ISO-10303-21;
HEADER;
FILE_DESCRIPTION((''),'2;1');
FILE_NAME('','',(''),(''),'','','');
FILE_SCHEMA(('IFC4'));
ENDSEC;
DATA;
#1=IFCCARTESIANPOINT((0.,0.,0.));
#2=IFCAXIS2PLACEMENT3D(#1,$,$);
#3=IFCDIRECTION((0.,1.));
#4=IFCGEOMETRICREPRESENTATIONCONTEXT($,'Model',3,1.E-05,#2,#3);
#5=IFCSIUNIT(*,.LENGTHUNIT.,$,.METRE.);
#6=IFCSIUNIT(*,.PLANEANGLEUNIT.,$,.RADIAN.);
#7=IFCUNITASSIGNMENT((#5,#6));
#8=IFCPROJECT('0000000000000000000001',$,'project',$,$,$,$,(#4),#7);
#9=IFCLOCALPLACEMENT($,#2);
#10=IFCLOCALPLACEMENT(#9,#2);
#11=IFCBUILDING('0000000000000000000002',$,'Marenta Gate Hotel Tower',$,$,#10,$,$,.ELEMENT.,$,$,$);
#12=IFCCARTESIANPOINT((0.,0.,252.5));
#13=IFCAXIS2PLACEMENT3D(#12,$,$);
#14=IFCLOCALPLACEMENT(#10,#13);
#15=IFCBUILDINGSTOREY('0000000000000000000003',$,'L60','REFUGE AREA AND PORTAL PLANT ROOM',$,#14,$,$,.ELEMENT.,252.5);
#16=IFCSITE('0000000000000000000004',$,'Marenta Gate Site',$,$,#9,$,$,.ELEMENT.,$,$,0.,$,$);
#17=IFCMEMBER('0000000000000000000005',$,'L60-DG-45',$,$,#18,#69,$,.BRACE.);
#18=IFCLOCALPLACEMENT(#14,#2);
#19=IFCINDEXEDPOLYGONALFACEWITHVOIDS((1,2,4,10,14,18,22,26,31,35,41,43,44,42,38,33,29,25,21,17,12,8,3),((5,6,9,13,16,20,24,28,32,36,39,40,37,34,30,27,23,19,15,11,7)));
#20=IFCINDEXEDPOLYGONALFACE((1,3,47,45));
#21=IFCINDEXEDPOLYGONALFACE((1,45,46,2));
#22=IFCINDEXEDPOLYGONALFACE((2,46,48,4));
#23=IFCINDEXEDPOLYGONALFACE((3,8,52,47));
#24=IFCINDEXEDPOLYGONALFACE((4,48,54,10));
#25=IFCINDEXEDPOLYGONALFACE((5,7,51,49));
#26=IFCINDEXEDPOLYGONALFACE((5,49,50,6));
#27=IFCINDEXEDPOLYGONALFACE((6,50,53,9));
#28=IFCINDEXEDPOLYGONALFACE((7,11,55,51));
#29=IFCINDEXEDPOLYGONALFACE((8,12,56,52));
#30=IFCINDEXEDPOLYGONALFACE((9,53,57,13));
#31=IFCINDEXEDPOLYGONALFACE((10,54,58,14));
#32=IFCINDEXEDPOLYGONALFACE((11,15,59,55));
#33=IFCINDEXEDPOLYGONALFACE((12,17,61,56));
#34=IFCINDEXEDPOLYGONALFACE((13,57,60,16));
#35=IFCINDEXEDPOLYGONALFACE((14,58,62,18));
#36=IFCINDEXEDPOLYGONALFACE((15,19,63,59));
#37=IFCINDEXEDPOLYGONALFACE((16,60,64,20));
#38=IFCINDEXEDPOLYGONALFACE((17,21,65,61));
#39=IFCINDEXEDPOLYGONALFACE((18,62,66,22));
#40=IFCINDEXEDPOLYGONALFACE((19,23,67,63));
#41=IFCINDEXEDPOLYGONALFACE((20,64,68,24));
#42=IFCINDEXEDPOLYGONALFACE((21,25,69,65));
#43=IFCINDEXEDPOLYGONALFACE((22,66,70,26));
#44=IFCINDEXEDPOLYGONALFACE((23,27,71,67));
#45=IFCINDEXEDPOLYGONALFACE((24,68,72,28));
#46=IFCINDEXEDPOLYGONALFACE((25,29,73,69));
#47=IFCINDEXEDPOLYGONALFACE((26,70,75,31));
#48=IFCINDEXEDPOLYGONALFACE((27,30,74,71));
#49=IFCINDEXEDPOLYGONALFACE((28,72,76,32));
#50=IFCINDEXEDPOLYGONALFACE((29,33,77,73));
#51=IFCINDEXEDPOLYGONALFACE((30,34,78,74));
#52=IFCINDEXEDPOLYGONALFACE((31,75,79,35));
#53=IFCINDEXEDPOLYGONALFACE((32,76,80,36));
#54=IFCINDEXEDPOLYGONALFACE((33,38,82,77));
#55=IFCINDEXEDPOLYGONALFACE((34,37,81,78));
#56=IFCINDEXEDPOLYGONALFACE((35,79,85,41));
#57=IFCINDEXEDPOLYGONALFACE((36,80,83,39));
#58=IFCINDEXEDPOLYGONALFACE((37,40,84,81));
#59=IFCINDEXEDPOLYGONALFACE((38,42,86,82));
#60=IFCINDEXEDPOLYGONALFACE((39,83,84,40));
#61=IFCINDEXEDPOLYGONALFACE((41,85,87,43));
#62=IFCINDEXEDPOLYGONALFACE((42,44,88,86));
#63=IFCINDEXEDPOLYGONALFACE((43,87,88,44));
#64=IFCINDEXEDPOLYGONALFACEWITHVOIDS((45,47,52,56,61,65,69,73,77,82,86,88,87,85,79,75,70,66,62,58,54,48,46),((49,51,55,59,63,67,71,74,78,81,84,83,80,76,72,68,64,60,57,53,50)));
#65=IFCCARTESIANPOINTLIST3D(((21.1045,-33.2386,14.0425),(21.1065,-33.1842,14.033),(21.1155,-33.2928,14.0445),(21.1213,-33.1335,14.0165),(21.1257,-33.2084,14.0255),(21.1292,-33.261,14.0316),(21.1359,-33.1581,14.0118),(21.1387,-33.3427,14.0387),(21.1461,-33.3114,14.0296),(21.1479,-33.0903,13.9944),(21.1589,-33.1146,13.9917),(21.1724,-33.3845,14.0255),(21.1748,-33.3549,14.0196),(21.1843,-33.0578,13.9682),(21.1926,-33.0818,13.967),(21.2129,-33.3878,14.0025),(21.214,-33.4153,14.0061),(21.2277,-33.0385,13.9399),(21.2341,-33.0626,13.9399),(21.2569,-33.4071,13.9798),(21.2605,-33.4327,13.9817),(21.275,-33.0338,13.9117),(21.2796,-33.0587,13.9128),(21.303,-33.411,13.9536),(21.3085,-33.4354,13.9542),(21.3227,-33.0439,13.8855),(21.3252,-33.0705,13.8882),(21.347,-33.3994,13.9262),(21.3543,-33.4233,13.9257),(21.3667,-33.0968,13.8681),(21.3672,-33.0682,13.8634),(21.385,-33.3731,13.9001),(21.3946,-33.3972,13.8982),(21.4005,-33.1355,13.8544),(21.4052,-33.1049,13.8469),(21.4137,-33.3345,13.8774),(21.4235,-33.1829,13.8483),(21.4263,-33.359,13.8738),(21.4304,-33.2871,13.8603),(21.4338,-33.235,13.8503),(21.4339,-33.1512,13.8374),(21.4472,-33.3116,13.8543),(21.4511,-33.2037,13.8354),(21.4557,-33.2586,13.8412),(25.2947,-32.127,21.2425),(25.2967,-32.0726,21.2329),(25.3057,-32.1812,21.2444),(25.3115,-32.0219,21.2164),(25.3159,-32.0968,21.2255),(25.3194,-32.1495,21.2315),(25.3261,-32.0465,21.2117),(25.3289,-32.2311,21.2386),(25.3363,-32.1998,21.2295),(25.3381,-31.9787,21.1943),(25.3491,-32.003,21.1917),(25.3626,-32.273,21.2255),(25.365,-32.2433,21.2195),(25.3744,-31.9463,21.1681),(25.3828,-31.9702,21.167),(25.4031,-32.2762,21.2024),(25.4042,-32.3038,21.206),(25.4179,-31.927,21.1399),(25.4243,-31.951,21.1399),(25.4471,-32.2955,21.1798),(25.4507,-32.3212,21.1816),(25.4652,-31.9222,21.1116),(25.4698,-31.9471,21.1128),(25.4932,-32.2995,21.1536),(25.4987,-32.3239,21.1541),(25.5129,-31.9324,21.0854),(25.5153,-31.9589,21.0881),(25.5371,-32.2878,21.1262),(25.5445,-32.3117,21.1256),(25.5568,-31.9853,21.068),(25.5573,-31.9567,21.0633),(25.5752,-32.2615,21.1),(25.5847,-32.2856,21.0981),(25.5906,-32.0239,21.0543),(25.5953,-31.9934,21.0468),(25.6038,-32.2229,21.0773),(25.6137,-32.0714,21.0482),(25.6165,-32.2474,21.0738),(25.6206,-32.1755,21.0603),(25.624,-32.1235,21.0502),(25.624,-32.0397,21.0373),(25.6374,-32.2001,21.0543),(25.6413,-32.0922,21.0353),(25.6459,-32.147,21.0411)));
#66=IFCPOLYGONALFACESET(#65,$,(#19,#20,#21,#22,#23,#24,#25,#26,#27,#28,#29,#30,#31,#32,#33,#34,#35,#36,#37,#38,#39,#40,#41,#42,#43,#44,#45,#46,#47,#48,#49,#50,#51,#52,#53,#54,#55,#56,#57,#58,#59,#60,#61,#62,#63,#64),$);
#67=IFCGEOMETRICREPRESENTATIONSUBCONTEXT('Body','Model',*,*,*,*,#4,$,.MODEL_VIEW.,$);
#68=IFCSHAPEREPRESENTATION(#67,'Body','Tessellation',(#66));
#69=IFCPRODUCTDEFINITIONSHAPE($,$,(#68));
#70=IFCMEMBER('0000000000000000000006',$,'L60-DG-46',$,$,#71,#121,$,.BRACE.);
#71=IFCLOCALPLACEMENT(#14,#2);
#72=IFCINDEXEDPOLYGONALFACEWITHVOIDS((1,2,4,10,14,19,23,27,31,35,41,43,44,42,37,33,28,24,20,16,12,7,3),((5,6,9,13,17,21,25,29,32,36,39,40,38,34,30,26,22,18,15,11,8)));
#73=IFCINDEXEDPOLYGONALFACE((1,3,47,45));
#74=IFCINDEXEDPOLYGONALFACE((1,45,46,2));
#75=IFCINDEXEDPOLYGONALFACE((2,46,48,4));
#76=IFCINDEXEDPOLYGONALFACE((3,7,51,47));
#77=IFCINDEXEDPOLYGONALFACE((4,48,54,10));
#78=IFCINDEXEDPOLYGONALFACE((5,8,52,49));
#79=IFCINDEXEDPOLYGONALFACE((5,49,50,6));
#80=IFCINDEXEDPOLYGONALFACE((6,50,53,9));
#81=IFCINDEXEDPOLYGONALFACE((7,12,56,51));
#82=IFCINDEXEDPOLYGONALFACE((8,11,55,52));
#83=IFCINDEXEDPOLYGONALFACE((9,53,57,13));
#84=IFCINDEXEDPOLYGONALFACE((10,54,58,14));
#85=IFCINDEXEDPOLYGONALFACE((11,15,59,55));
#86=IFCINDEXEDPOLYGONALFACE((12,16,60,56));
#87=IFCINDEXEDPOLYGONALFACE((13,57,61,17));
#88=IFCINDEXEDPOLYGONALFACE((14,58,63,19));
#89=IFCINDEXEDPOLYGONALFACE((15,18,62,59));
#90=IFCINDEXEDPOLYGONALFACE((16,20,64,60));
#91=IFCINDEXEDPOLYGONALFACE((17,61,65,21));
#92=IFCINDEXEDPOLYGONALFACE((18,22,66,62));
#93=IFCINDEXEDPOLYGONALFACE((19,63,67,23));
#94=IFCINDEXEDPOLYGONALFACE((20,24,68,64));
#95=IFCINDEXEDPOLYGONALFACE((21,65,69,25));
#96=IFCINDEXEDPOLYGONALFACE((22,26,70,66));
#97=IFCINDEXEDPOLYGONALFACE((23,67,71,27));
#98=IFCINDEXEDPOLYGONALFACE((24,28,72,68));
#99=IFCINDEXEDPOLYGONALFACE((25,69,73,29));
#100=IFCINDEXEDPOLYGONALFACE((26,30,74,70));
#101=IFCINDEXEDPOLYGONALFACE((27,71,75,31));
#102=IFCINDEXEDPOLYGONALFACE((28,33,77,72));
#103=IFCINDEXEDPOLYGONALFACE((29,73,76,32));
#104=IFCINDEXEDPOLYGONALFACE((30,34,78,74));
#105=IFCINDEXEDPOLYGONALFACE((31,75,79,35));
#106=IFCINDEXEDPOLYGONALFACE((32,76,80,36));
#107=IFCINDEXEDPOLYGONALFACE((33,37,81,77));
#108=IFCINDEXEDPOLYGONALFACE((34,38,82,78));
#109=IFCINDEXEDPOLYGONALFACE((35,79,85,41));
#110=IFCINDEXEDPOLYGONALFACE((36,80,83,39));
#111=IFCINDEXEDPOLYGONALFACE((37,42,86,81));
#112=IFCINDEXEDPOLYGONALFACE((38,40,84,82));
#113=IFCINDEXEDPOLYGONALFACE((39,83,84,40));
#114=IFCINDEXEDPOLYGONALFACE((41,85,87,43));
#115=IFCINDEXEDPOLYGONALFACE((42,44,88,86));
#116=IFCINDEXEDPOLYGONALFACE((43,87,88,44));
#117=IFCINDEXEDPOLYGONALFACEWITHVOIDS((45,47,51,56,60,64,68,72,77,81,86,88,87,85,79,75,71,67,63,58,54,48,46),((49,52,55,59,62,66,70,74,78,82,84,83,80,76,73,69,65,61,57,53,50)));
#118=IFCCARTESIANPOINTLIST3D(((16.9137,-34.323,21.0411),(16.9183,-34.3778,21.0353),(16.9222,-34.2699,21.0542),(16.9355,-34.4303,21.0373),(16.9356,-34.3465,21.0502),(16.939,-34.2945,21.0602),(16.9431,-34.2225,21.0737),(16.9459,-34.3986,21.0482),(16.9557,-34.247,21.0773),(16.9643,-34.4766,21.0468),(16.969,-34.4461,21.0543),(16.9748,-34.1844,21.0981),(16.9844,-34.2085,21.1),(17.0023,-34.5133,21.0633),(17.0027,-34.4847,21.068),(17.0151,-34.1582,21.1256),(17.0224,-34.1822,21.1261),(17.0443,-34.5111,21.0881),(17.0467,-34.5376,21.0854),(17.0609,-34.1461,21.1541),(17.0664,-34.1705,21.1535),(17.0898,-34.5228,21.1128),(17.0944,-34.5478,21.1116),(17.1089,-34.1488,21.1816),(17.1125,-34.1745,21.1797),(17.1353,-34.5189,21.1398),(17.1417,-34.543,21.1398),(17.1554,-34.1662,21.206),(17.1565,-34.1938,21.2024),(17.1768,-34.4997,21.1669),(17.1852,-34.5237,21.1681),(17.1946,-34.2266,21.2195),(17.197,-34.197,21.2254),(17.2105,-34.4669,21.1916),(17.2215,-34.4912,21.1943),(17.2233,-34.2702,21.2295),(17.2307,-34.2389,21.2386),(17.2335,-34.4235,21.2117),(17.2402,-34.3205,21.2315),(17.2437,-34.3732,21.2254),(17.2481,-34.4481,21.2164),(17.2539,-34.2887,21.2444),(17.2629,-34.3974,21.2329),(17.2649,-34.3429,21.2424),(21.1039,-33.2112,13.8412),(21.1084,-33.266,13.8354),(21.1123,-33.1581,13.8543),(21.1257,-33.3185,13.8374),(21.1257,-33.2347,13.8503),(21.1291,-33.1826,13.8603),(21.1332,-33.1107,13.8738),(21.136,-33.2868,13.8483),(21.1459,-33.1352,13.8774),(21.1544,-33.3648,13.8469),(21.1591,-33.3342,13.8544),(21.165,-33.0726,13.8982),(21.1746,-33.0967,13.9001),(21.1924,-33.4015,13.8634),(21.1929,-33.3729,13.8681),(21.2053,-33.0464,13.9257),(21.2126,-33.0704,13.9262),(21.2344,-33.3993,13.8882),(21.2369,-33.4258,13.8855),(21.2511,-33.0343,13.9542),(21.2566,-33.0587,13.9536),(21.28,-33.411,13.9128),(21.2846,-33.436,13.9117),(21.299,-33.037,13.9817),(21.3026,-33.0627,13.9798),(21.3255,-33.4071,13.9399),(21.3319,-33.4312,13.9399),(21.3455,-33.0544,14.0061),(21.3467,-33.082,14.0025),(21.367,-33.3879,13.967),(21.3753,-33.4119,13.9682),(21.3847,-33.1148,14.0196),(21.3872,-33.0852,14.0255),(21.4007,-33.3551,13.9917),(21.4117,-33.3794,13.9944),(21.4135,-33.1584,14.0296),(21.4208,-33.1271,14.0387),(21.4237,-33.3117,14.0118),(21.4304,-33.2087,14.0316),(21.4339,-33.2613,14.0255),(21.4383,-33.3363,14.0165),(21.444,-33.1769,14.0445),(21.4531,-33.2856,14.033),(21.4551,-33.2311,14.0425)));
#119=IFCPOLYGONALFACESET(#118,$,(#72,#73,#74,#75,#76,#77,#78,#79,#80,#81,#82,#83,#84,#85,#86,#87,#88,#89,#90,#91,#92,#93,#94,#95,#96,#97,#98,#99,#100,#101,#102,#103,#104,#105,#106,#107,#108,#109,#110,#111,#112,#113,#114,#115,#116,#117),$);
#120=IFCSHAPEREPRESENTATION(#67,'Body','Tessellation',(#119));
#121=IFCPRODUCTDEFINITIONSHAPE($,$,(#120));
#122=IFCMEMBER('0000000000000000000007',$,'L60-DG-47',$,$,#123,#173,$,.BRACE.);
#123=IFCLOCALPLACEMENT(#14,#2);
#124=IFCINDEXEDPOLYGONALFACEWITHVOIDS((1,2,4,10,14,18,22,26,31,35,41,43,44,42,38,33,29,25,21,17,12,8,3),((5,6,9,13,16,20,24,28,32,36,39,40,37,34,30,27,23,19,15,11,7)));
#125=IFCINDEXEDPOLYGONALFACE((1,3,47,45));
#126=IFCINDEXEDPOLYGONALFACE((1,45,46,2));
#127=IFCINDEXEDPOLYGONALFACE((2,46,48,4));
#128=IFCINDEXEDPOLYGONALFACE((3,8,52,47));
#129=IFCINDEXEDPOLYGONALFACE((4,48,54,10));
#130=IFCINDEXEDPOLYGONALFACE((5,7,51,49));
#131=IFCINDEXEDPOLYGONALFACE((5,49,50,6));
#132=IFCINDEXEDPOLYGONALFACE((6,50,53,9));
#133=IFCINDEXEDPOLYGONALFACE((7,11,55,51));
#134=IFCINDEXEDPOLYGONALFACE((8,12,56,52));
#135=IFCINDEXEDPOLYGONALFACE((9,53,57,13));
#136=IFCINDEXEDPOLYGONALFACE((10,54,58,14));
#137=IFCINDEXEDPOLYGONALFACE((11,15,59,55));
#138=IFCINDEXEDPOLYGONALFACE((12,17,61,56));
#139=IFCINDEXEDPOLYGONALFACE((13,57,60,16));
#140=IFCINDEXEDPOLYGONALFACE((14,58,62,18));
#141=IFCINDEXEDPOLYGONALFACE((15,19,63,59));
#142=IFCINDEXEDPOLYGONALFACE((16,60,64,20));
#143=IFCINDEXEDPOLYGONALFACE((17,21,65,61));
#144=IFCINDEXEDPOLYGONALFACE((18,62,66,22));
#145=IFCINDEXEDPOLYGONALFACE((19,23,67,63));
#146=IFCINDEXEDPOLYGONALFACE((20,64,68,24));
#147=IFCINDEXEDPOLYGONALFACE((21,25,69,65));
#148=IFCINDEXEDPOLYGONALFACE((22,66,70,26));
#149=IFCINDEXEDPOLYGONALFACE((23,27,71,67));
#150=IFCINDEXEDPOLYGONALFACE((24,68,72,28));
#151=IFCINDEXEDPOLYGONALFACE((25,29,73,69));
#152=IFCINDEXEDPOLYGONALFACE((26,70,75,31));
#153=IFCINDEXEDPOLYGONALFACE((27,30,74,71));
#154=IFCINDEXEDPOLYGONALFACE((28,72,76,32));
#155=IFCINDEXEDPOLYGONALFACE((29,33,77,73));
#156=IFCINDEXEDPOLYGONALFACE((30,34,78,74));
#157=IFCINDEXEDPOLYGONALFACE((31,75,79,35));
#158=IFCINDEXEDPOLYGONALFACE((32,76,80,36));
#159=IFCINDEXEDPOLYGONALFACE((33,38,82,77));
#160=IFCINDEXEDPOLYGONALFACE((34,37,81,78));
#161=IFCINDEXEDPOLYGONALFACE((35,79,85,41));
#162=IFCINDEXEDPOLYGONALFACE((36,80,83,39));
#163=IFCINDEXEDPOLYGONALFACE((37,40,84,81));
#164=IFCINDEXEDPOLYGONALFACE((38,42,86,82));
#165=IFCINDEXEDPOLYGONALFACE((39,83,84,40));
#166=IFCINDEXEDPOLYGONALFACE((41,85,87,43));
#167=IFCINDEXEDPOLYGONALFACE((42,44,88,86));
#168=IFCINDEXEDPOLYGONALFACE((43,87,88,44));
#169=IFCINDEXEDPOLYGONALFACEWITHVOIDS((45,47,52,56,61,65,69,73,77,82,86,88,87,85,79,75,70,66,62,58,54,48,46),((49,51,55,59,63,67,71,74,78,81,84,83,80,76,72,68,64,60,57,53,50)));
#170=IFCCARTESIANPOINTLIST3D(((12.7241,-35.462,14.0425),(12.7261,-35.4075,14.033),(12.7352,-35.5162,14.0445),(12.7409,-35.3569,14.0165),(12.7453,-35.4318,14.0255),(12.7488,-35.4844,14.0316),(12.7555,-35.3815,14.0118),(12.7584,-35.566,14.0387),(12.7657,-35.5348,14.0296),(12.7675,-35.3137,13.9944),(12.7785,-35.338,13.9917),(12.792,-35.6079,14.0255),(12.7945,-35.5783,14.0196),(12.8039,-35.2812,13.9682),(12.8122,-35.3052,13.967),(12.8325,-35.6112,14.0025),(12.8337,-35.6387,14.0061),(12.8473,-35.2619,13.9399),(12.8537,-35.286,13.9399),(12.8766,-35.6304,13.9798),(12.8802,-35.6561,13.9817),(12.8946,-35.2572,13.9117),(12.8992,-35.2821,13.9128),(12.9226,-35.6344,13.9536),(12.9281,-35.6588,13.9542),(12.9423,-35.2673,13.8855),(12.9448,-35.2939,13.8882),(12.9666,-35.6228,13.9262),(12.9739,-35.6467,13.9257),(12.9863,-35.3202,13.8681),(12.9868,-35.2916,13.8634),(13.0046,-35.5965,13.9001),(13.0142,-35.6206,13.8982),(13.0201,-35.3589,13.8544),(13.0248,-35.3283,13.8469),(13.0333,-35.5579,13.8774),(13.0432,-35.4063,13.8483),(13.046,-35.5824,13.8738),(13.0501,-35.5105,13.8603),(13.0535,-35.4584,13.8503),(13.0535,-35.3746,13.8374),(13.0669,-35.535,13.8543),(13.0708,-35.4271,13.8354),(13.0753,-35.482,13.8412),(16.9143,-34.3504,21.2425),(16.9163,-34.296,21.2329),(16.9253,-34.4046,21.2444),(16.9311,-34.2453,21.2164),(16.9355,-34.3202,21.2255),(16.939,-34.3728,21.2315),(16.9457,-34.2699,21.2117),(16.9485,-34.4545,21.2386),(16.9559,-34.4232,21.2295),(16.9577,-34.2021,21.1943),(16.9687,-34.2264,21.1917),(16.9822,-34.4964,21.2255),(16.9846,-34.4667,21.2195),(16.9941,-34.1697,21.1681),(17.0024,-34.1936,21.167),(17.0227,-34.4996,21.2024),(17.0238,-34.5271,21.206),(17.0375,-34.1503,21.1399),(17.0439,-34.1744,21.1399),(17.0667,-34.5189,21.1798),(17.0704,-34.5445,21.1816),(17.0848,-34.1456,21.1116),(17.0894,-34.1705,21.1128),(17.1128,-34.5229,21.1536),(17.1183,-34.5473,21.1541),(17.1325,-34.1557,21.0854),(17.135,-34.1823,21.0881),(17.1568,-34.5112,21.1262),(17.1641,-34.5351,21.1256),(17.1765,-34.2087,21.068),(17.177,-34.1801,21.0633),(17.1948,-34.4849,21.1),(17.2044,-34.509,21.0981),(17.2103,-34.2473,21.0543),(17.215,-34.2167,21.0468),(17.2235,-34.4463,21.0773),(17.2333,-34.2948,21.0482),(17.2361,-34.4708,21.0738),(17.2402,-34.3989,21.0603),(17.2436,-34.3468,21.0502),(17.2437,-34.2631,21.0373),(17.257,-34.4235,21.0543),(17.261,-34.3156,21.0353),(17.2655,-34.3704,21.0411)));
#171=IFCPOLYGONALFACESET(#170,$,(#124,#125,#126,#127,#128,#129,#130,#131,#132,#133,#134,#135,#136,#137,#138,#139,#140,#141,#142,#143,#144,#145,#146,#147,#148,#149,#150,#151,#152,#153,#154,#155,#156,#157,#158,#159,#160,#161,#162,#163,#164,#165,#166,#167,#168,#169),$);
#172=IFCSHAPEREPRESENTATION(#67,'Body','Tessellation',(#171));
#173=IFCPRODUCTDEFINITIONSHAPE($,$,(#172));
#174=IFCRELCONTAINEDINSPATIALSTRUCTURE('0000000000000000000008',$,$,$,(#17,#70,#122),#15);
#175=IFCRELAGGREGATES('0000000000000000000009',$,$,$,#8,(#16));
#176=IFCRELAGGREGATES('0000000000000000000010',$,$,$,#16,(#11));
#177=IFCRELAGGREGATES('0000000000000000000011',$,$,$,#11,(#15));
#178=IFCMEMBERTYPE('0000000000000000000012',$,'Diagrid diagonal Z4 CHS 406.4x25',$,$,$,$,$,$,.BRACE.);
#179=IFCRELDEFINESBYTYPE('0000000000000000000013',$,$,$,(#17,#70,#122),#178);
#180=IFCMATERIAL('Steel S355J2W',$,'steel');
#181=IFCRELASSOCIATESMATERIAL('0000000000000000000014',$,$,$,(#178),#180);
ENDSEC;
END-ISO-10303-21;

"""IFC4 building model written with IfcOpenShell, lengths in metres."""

from ifc_helpers import new_model, si_unit, direction, frame, origin, origin_2d, place, context, subcontext, project, spatial, hollow_circle, extrude, material, material_profile, profile_set, type_object, element, save


model = new_model("IFC4")

# Units and contexts
model_context = context("Model", 3, precision=1e-05, world=origin(), true_north=direction((0.0, 1.0)))
body_context = subcontext(model_context, "Body", "Model", "MODEL_VIEW")
ifc_project = project(units=[si_unit("LENGTHUNIT", "METRE"), si_unit("PLANEANGLEUNIT", "RADIAN")], contexts=[model_context])

# Site, building, storey
site_placement = place(None, origin())
site = spatial("IfcSite", under=ifc_project, at=site_placement, Name="Marenta Gate Site", CompositionType="ELEMENT", RefElevation=0.0)
building_placement = place(site_placement, origin())
building = spatial("IfcBuilding", under=site, at=building_placement, Name="Marenta Gate Hotel Tower", CompositionType="ELEMENT")
storey_placement = place(building_placement, frame((0.0, 0.0, 252.5)))
storey = spatial("IfcBuildingStorey", under=building, at=storey_placement, Name="L60", Description="REFUGE AREA AND PORTAL PLANT ROOM", CompositionType="ELEMENT", Elevation=252.5)

# Members
ifc_material_1 = material(Name="Steel S355J2W", Category="steel")
ifc_material_profile_1 = material_profile(ifc_material_1, hollow_circle(Radius=0.2031, WallThickness=0.0249, at=origin_2d()), Name="CHS 406.4x25")
ifc_profile_set_1 = profile_set([ifc_material_profile_1], Name="Steel S355J2W")
member_type_1 = type_object("IfcMemberType", Name="Diagrid diagonal Z4 CHS 406.4x25", PredefinedType="BRACE", material=ifc_profile_set_1)
for number, where, z_axis, x_axis, name in (
    (1, (21.2798, -33.2349, 13.9399), (0.498575, 0.132262, 0.856697), (-0.256411, 0.966568, 0.0), "L60-DG-45"),
    (2, (21.2798, -33.2349, 13.9399), (-0.498573, -0.132291, 0.856693), (0.256464, -0.966554, 0.0), "L60-DG-46"),
    (3, (12.8994, -35.4583, 13.9399), (0.498575, 0.132262, 0.856697), (-0.256411, 0.966568, 0.0), "L60-DG-47"),
):
    element("IfcMember", number, at=place(storey_placement, frame(where, z_axis=z_axis, x_axis=x_axis)), inside=storey, type_object=member_type_1, Name=name, PredefinedType="BRACE", context=body_context, shape_type="SweptSolid", body=[
        extrude(hollow_circle(Radius=0.2031, WallThickness=0.0249, at=origin_2d()), origin(), (0.0, 0.0, 1.0), 8.4043),
    ])

save(model, "model.ifc")
